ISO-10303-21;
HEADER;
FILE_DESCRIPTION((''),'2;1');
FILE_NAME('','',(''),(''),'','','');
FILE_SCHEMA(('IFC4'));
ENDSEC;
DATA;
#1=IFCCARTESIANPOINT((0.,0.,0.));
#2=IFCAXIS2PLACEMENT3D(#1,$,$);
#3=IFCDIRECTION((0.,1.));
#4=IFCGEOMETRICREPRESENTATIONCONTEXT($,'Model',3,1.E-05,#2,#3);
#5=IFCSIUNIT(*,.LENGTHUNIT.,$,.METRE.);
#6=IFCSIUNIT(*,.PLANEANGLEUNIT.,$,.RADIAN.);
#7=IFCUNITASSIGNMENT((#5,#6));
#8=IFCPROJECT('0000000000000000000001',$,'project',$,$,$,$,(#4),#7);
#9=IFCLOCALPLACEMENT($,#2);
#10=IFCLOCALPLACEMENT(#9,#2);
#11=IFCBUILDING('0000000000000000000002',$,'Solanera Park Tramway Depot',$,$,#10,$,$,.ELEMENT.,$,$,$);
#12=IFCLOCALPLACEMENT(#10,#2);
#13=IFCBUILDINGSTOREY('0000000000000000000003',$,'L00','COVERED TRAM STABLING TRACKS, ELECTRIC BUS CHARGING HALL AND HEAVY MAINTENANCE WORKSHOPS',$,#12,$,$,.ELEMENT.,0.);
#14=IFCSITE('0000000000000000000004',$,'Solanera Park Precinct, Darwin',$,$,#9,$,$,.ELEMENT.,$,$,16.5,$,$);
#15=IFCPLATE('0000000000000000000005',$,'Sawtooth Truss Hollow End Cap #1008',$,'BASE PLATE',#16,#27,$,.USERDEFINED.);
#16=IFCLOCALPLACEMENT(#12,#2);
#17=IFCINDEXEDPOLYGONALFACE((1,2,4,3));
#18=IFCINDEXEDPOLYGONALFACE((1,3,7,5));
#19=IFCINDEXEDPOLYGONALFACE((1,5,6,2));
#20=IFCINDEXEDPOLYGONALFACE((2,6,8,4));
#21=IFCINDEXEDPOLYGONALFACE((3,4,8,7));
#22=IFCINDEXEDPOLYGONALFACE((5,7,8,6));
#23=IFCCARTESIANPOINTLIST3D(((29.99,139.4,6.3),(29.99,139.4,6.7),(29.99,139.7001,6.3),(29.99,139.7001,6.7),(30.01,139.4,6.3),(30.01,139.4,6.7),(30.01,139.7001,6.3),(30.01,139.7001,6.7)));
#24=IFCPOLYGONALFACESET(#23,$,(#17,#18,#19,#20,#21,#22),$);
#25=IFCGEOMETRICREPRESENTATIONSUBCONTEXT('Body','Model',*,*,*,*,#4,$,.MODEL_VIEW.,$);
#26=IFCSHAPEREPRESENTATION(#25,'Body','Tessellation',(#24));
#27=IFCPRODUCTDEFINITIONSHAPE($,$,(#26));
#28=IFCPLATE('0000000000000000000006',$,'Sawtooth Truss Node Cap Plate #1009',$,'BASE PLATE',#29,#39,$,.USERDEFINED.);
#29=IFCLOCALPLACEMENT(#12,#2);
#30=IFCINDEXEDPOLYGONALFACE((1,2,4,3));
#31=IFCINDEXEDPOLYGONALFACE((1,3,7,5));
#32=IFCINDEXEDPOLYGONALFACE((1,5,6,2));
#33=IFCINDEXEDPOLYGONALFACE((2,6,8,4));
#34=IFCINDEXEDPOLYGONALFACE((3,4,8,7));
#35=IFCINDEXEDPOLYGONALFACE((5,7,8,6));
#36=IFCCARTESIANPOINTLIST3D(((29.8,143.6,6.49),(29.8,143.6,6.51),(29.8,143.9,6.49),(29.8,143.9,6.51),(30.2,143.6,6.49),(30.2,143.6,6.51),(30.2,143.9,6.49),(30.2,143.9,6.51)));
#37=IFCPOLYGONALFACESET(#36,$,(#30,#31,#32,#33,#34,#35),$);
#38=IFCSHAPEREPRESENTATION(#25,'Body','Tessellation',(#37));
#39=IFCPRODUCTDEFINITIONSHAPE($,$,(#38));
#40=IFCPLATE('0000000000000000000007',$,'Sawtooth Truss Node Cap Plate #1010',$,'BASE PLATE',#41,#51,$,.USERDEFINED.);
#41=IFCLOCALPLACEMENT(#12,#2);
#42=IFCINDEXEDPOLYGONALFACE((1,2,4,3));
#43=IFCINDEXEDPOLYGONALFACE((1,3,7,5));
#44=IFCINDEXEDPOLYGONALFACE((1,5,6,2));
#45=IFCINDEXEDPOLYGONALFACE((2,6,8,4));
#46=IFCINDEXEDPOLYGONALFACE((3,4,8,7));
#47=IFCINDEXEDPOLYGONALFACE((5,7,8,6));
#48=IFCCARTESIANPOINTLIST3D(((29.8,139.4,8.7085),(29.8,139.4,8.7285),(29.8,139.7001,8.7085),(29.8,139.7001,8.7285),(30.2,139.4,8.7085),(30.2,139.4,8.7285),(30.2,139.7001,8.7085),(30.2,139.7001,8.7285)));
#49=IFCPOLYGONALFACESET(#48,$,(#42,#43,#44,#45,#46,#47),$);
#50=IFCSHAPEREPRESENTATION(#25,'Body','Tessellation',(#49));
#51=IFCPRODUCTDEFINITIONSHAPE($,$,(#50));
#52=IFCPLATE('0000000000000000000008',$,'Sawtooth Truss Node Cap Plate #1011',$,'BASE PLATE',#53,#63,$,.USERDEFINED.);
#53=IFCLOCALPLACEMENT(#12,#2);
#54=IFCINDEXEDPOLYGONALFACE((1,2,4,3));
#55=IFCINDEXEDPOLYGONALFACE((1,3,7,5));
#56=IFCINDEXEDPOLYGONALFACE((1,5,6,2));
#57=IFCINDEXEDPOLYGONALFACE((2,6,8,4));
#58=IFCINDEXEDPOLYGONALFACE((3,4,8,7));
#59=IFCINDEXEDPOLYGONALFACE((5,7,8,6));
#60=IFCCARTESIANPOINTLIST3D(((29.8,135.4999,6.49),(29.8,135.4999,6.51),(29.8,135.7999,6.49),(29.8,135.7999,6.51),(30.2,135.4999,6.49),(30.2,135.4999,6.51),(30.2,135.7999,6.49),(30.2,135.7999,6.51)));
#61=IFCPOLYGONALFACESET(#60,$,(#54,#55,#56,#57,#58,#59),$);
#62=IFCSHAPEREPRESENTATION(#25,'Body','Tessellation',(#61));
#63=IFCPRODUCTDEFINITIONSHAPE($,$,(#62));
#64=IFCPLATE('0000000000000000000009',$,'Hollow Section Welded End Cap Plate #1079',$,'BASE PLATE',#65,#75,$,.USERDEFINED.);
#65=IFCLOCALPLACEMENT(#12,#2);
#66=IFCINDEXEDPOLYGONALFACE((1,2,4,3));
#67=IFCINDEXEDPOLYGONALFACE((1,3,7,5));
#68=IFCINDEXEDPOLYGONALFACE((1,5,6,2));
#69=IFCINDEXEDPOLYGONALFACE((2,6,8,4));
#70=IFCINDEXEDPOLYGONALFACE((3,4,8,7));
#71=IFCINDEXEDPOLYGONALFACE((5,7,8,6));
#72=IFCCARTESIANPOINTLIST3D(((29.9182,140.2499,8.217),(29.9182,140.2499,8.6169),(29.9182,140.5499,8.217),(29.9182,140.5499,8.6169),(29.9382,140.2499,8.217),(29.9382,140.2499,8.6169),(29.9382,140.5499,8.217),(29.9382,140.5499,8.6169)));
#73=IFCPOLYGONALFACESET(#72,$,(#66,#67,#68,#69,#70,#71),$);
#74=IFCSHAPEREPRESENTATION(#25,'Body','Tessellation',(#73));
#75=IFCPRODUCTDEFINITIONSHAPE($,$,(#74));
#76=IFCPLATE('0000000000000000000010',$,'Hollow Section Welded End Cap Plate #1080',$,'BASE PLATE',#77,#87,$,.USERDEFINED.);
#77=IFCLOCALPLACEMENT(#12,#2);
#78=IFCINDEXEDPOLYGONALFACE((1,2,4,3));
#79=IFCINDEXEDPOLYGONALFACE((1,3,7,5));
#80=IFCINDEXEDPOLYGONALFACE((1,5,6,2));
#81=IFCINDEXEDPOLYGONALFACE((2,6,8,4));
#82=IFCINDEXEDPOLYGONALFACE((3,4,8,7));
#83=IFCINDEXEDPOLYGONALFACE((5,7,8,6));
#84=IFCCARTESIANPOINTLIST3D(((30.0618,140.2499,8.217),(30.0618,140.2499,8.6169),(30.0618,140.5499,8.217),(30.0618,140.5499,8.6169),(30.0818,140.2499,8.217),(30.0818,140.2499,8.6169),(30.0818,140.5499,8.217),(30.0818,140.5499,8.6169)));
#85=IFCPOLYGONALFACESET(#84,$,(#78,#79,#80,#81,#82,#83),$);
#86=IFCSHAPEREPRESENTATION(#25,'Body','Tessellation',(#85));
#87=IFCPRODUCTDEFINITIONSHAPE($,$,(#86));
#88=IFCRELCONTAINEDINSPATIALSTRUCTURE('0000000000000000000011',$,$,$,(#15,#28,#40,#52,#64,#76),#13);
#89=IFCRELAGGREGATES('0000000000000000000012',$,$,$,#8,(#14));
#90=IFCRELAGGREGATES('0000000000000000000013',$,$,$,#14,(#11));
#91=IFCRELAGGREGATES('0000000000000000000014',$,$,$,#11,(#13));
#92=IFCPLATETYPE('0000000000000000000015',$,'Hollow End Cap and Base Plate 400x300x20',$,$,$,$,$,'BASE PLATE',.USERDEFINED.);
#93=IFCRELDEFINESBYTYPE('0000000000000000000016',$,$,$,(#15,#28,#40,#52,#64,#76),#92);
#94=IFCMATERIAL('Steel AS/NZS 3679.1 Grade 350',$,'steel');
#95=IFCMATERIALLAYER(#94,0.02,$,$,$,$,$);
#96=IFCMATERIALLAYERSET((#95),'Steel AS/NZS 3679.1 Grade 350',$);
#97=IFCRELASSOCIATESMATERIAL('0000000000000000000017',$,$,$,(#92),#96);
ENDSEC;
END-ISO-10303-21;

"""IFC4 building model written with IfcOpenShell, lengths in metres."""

from ifc_helpers import new_model, si_unit, direction, frame, origin, origin_2d, place, context, subcontext, project, spatial, rectangle, extrude, material, layer, layer_set, type_object, element, save


model = new_model("IFC4")

# Units and contexts
model_context = context("Model", 3, precision=1e-05, world=origin(), true_north=direction((0.0, 1.0)))
body_context = subcontext(model_context, "Body", "Model", "MODEL_VIEW")
ifc_project = project(units=[si_unit("LENGTHUNIT", "METRE"), si_unit("PLANEANGLEUNIT", "RADIAN")], contexts=[model_context])

# Site, building, storey
site_placement = place(None, origin())
site = spatial("IfcSite", under=ifc_project, at=site_placement, Name="Solanera Park Precinct, Darwin", CompositionType="ELEMENT", RefElevation=16.5)
building_placement = place(site_placement, origin())
building = spatial("IfcBuilding", under=site, at=building_placement, Name="Solanera Park Tramway Depot", CompositionType="ELEMENT")
storey_placement = place(building_placement, origin())
storey = spatial("IfcBuildingStorey", under=building, at=storey_placement, Name="L00", Description="COVERED TRAM STABLING TRACKS, ELECTRIC BUS CHARGING HALL AND HEAVY MAINTENANCE WORKSHOPS", CompositionType="ELEMENT", Elevation=0.0)

# Plates
ifc_material_1 = material(Name="Steel AS/NZS 3679.1 Grade 350", Category="steel")
ifc_layer_1 = layer(ifc_material_1, 0.02)
ifc_layer_set_1 = layer_set([ifc_layer_1], Name="Steel AS/NZS 3679.1 Grade 350")
plate_type_1 = type_object("IfcPlateType", Name="Hollow End Cap and Base Plate 400x300x20", ElementType="BASE PLATE", PredefinedType="USERDEFINED", material=ifc_layer_set_1)
plate_1_placement = place(storey_placement, frame((30.0, 139.55, 6.3), z_axis=(0.0, 0.0, 1.0), x_axis=(1.0, 0.0, 0.0)))
element("IfcPlate", 1, at=plate_1_placement, inside=storey, type_object=plate_type_1, Name="Sawtooth Truss Hollow End Cap #1008", ObjectType="BASE PLATE", PredefinedType="USERDEFINED", context=body_context, shape_type="SweptSolid", body=[
    extrude(rectangle(XDim=0.02, YDim=0.3, at=origin_2d()), origin(), (0.0, 0.0, 1.0), 0.3999),
])
for number, where, z_axis, x_axis, name in (
    (2, (30.0, 143.75, 6.49), (0.0, 0.0, 1.0), (1.0, 0.0, 0.0), "Sawtooth Truss Node Cap Plate #1009"),
    (3, (30.0, 139.55, 8.7085), (0.0, 0.0, 1.0), (1.0, 0.0, 0.0), "Sawtooth Truss Node Cap Plate #1010"),
    (4, (30.0, 135.6499, 6.49), (0.0, 0.0, 1.0), (1.0, 0.0, 0.0), "Sawtooth Truss Node Cap Plate #1011"),
):
    element("IfcPlate", number, at=place(storey_placement, frame(where, z_axis=z_axis, x_axis=x_axis)), inside=storey, type_object=plate_type_1, Name=name, ObjectType="BASE PLATE", PredefinedType="USERDEFINED", context=body_context, shape_type="SweptSolid", body=[
        extrude(rectangle(XDim=0.3999, YDim=0.3, at=origin_2d()), origin(), (0.0, 0.0, 1.0), 0.02),
    ])
for number, where, z_axis, x_axis, name in (
    (5, (29.9282, 140.3999, 8.217), (0.0, 0.0, 1.0), (1.0, 0.0, 0.0), "Hollow Section Welded End Cap Plate #1079"),
    (6, (30.0718, 140.3999, 8.217), (0.0, 0.0, 1.0), (1.0, 0.0, 0.0), "Hollow Section Welded End Cap Plate #1080"),
):
    element("IfcPlate", number, at=place(storey_placement, frame(where, z_axis=z_axis, x_axis=x_axis)), inside=storey, type_object=plate_type_1, Name=name, ObjectType="BASE PLATE", PredefinedType="USERDEFINED", context=body_context, shape_type="SweptSolid", body=[
        extrude(rectangle(XDim=0.02, YDim=0.3, at=origin_2d()), origin(), (0.0, 0.0, 1.0), 0.3999),
    ])

save(model, "model.ifc")
